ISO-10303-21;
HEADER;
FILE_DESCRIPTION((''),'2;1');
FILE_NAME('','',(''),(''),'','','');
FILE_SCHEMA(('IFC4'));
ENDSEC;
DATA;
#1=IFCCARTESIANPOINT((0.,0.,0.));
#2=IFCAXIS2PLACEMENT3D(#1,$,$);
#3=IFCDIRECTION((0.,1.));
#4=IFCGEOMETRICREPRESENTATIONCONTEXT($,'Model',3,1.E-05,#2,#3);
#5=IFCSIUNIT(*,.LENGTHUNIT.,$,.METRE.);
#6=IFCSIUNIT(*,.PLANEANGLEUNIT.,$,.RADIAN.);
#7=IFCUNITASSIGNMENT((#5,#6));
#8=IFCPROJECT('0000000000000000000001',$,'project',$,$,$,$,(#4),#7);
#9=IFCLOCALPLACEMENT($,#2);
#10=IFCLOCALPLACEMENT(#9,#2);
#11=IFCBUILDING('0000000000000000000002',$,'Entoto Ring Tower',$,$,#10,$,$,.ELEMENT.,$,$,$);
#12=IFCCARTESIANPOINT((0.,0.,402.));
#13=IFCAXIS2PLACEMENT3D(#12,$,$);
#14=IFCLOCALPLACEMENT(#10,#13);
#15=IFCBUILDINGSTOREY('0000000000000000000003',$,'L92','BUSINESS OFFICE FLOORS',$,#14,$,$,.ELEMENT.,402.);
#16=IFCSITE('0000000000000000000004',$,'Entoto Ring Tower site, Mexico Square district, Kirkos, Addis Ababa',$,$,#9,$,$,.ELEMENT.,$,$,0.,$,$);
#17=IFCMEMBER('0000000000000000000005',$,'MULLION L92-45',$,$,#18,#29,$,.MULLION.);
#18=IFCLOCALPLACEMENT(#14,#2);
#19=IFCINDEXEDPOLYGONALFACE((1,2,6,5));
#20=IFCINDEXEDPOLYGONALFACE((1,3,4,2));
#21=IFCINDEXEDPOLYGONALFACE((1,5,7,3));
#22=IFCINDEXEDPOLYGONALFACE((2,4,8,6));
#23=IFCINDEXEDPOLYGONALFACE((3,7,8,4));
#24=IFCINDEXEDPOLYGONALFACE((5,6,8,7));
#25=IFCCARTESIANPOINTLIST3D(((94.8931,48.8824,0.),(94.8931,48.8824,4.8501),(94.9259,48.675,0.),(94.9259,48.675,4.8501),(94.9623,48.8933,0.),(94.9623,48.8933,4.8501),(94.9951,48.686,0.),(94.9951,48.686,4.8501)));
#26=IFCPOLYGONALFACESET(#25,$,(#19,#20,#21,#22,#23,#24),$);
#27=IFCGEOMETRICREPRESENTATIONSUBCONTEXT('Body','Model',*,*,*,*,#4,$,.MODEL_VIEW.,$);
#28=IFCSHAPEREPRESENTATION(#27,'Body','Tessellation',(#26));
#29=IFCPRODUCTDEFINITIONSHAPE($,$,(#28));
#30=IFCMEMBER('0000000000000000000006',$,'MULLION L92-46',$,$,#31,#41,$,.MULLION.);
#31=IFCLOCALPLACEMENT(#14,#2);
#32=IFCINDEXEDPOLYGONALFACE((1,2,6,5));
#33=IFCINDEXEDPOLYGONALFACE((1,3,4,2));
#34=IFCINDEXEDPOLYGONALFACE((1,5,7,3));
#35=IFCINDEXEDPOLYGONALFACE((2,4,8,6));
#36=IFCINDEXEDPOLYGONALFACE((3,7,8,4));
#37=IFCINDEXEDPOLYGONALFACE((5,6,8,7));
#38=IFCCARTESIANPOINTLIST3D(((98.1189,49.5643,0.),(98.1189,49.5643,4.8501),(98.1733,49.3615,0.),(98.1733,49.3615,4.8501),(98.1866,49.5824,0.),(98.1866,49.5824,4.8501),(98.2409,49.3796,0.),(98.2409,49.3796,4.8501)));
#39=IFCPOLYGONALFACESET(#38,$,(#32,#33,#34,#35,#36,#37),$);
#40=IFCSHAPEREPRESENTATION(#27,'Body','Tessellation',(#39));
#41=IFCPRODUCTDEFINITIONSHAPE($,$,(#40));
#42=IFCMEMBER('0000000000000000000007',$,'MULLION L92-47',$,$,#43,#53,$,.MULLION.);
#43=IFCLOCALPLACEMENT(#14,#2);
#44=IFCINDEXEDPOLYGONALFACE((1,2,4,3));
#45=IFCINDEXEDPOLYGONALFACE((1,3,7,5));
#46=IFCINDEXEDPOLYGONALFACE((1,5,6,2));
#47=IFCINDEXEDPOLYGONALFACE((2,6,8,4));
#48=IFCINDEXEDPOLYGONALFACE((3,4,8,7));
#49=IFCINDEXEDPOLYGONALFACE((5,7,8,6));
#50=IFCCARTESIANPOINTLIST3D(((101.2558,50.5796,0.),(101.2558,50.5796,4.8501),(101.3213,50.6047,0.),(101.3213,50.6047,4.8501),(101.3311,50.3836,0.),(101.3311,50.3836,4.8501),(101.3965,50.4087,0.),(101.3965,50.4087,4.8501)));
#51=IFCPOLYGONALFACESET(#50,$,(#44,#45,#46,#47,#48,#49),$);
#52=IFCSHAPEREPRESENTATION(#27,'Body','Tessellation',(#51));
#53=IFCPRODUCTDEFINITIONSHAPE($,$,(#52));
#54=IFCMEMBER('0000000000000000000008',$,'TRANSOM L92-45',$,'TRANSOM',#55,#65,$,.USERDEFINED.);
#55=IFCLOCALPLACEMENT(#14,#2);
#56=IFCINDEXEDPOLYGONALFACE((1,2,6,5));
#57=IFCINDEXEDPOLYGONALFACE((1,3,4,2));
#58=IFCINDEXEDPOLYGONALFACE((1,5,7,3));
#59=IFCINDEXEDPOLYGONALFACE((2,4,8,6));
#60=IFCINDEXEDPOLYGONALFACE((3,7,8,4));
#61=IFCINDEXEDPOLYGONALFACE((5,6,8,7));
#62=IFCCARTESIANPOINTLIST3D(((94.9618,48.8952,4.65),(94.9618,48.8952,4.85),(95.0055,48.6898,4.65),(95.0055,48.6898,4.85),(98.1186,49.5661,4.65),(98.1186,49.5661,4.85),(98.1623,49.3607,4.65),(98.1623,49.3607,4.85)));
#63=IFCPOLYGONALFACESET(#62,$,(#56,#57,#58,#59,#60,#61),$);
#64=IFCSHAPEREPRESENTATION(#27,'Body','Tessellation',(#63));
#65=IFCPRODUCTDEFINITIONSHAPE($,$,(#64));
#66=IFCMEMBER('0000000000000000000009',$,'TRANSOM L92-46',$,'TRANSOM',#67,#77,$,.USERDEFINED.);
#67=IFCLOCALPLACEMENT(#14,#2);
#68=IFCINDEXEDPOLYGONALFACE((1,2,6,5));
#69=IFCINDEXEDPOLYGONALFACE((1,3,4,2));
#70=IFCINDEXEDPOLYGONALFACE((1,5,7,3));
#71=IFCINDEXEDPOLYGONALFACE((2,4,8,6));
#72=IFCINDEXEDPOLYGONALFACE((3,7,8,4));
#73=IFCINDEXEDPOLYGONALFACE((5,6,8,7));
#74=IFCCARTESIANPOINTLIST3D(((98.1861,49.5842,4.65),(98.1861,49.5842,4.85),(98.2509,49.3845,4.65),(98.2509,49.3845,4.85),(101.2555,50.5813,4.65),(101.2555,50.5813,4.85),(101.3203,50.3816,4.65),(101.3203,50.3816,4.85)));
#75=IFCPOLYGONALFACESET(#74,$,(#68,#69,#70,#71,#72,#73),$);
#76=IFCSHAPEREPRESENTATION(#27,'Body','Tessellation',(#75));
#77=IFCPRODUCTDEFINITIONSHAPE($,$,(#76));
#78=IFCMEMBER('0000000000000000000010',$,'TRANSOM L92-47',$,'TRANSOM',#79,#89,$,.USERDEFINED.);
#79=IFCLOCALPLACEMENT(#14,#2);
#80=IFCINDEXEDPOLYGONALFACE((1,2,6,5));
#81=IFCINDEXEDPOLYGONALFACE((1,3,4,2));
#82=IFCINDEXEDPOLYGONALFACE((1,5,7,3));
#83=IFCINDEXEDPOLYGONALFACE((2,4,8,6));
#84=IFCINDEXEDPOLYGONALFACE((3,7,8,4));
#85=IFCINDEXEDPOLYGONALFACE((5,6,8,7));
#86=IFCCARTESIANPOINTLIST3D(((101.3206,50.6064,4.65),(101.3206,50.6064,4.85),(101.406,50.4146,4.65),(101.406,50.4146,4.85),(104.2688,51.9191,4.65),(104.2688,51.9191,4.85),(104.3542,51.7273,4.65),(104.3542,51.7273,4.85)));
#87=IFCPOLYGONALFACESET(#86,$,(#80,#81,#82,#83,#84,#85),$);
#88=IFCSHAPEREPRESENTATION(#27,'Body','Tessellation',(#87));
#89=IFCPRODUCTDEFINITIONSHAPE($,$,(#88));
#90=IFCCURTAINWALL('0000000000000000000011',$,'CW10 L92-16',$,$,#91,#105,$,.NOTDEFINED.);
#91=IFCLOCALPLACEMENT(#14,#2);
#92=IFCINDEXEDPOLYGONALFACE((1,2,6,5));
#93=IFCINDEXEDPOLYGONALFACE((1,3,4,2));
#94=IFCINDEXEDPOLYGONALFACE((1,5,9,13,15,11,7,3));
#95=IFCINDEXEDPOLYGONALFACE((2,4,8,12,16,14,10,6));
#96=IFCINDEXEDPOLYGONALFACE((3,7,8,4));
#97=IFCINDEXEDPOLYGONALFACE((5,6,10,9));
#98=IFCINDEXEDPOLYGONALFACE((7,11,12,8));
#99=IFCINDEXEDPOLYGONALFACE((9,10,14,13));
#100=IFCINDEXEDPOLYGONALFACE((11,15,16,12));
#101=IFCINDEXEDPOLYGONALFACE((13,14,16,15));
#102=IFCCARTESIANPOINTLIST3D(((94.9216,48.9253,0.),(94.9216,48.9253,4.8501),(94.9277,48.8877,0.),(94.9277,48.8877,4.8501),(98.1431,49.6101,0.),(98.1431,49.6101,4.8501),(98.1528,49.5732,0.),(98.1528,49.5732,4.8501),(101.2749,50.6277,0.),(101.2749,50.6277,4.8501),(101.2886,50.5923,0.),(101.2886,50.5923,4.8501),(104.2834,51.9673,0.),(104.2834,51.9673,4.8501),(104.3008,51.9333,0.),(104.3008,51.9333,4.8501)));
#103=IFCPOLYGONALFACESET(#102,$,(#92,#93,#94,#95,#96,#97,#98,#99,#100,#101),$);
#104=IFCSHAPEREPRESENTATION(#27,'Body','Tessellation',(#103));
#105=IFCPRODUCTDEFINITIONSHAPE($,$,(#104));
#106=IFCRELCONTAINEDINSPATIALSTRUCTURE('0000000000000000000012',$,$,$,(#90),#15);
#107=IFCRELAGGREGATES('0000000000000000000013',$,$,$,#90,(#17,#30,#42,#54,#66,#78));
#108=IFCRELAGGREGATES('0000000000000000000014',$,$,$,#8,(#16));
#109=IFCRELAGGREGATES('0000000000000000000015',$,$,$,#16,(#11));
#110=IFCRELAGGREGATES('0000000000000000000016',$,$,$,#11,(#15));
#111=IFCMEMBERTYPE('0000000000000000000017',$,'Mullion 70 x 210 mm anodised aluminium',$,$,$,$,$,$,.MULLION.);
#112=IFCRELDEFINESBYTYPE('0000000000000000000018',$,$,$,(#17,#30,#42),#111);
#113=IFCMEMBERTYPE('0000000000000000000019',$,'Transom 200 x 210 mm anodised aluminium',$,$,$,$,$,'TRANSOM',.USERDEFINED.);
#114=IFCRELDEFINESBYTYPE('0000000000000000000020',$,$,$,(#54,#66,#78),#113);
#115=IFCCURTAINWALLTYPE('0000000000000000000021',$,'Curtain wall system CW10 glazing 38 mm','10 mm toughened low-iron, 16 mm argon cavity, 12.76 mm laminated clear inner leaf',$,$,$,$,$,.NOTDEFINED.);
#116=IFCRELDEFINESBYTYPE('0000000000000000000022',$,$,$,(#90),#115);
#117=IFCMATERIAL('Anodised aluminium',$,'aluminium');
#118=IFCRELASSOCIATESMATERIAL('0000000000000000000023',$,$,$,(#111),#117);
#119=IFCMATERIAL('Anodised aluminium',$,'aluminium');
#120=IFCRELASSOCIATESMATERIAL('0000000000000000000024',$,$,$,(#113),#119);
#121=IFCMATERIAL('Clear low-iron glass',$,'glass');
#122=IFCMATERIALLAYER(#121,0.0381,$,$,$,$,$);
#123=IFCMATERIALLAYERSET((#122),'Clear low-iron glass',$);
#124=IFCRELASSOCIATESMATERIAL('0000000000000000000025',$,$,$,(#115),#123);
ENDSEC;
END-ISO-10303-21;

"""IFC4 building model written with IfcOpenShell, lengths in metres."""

from ifc_helpers import new_model, si_unit, direction, frame, origin, origin_2d, place, context, subcontext, project, spatial, polyline, rectangle, outline, extrude, material, layer, layer_set, material_profile, profile_set, type_object, element, aggregate, save


model = new_model("IFC4")

# Units and contexts
model_context = context("Model", 3, precision=1e-05, world=origin(), true_north=direction((0.0, 1.0)))
body_context = subcontext(model_context, "Body", "Model", "MODEL_VIEW")
ifc_project = project(units=[si_unit("LENGTHUNIT", "METRE"), si_unit("PLANEANGLEUNIT", "RADIAN")], contexts=[model_context])

# Members
ifc_material_1 = material(Name="Anodised aluminium", Category="aluminium")
ifc_material_profile_1 = material_profile(ifc_material_1, rectangle(XDim=0.0701, YDim=0.21, at=origin_2d()), Name="Mullion 70 x 210 mm anodised aluminium")
ifc_profile_set_1 = profile_set([ifc_material_profile_1], Name="Anodised aluminium")
member_type_1 = type_object("IfcMemberType", Name="Mullion 70 x 210 mm anodised aluminium", PredefinedType="MULLION", material=ifc_profile_set_1)
site_placement = place(None, origin())
building_placement = place(site_placement, origin())
storey_placement = place(building_placement, frame((0.0, 0.0, 402.0)))
member_1_placement = place(storey_placement, frame((94.9441, 48.7842, 0.0), z_axis=(0.0, 0.0, 1.0), x_axis=(0.987688, 0.156434, 0.0)))
member_1 = element("IfcMember", 1, at=member_1_placement, type_object=member_type_1, Name="MULLION L92-45", PredefinedType="MULLION", context=body_context, shape_type="SweptSolid", body=[
    extrude(rectangle(XDim=0.0701, YDim=0.21, at=origin_2d()), origin(), (0.0, 0.0, 1.0), 4.8501),
])
member_2_placement = place(storey_placement, frame((98.1799, 49.4719, 0.0), z_axis=(0.0, 0.0, 1.0), x_axis=(0.965926, 0.258819, 0.0)))
member_2 = element("IfcMember", 2, at=member_2_placement, type_object=member_type_1, Name="MULLION L92-46", PredefinedType="MULLION", context=body_context, shape_type="SweptSolid", body=[
    extrude(rectangle(XDim=0.0701, YDim=0.21, at=origin_2d()), origin(), (0.0, 0.0, 1.0), 4.8501),
])
member_3_placement = place(storey_placement, frame((101.3262, 50.4941, 0.0), z_axis=(0.0, 0.0, 1.0), x_axis=(0.93358, 0.358368, 0.0)))
member_3 = element("IfcMember", 3, at=member_3_placement, type_object=member_type_1, Name="MULLION L92-47", PredefinedType="MULLION", context=body_context, shape_type="SweptSolid", body=[
    extrude(rectangle(XDim=0.0701, YDim=0.21, at=origin_2d()), origin(), (0.0, 0.0, 1.0), 4.8501),
])
ifc_material_2 = material(Name="Anodised aluminium", Category="aluminium")
ifc_material_profile_2 = material_profile(ifc_material_2, rectangle(XDim=0.21, YDim=0.2, at=origin_2d()), Name="Transom 200 x 210 mm anodised aluminium")
ifc_profile_set_2 = profile_set([ifc_material_profile_2], Name="Anodised aluminium")
member_type_2 = type_object("IfcMemberType", Name="Transom 200 x 210 mm anodised aluminium", ElementType="TRANSOM", PredefinedType="USERDEFINED", material=ifc_profile_set_2)
member_4_placement = place(storey_placement, frame((94.9836, 48.7925, 4.75), z_axis=(0.978153, 0.207886, 0.0), x_axis=(-0.207886, 0.978153, 0.0)))
member_4 = element("IfcMember", 4, at=member_4_placement, type_object=member_type_2, Name="TRANSOM L92-45", ObjectType="TRANSOM", PredefinedType="USERDEFINED", context=body_context, shape_type="SweptSolid", body=[
    extrude(rectangle(XDim=0.21, YDim=0.2, at=origin_2d()), origin(), (0.0, 0.0, 1.0), 3.2273),
])
member_5_placement = place(storey_placement, frame((98.2185, 49.4844, 4.75), z_axis=(0.951076, 0.308956, 0.0), x_axis=(-0.308956, 0.951076, 0.0)))
member_5 = element("IfcMember", 5, at=member_5_placement, type_object=member_type_2, Name="TRANSOM L92-46", ObjectType="TRANSOM", PredefinedType="USERDEFINED", context=body_context, shape_type="SweptSolid", body=[
    extrude(rectangle(XDim=0.21, YDim=0.2, at=origin_2d()), origin(), (0.0, 0.0, 1.0), 3.2273),
])
member_6_placement = place(storey_placement, frame((101.3633, 50.5105, 4.75), z_axis=(0.913534, 0.406763, 0.0), x_axis=(-0.406763, 0.913534, 0.0)))
member_6 = element("IfcMember", 6, at=member_6_placement, type_object=member_type_2, Name="TRANSOM L92-47", ObjectType="TRANSOM", PredefinedType="USERDEFINED", context=body_context, shape_type="SweptSolid", body=[
    extrude(rectangle(XDim=0.21, YDim=0.2, at=origin_2d()), origin(), (0.0, 0.0, 1.0), 3.2273),
])

# Site, building, storey
site = spatial("IfcSite", under=ifc_project, at=site_placement, Name="Entoto Ring Tower site, Mexico Square district, Kirkos, Addis Ababa", CompositionType="ELEMENT", RefElevation=0.0)
building = spatial("IfcBuilding", under=site, at=building_placement, Name="Entoto Ring Tower", CompositionType="ELEMENT")
storey = spatial("IfcBuildingStorey", under=building, at=storey_placement, Name="L92", Description="BUSINESS OFFICE FLOORS", CompositionType="ELEMENT", Elevation=402.0)

# Curtain wall
ifc_material_3 = material(Name="Clear low-iron glass", Category="glass")
ifc_layer = layer(ifc_material_3, 0.0381)
ifc_layer_set = layer_set([ifc_layer], Name="Clear low-iron glass")
curtain_wall_type = type_object("IfcCurtainWallType", Name="Curtain wall system CW10 glazing 38 mm", Description="10 mm toughened low-iron, 16 mm argon cavity, 12.76 mm laminated clear inner leaf", PredefinedType="NOTDEFINED", material=ifc_layer_set)
curtain_wall_1_placement = place(storey_placement, origin())
curtain_wall_1 = element("IfcCurtainWall", 7, at=curtain_wall_1_placement, inside=storey, type_object=curtain_wall_type, Name="CW10 L92-16", PredefinedType="NOTDEFINED", context=body_context, shape_type="SweptSolid", body=[
    extrude(outline(polyline([(94.9277, 48.8877), (98.1528, 49.5732), (101.2886, 50.5923), (104.3008, 51.9333), (104.2834, 51.9673), (101.2749, 50.6277), (98.1431, 49.6101), (94.9216, 48.9253), (94.9277, 48.8877)])), origin(), (0.0, 0.0, 1.0), 4.8501),
])
aggregate(curtain_wall_1, [member_1, member_2, member_3, member_4, member_5, member_6])

save(model, "model.ifc")
